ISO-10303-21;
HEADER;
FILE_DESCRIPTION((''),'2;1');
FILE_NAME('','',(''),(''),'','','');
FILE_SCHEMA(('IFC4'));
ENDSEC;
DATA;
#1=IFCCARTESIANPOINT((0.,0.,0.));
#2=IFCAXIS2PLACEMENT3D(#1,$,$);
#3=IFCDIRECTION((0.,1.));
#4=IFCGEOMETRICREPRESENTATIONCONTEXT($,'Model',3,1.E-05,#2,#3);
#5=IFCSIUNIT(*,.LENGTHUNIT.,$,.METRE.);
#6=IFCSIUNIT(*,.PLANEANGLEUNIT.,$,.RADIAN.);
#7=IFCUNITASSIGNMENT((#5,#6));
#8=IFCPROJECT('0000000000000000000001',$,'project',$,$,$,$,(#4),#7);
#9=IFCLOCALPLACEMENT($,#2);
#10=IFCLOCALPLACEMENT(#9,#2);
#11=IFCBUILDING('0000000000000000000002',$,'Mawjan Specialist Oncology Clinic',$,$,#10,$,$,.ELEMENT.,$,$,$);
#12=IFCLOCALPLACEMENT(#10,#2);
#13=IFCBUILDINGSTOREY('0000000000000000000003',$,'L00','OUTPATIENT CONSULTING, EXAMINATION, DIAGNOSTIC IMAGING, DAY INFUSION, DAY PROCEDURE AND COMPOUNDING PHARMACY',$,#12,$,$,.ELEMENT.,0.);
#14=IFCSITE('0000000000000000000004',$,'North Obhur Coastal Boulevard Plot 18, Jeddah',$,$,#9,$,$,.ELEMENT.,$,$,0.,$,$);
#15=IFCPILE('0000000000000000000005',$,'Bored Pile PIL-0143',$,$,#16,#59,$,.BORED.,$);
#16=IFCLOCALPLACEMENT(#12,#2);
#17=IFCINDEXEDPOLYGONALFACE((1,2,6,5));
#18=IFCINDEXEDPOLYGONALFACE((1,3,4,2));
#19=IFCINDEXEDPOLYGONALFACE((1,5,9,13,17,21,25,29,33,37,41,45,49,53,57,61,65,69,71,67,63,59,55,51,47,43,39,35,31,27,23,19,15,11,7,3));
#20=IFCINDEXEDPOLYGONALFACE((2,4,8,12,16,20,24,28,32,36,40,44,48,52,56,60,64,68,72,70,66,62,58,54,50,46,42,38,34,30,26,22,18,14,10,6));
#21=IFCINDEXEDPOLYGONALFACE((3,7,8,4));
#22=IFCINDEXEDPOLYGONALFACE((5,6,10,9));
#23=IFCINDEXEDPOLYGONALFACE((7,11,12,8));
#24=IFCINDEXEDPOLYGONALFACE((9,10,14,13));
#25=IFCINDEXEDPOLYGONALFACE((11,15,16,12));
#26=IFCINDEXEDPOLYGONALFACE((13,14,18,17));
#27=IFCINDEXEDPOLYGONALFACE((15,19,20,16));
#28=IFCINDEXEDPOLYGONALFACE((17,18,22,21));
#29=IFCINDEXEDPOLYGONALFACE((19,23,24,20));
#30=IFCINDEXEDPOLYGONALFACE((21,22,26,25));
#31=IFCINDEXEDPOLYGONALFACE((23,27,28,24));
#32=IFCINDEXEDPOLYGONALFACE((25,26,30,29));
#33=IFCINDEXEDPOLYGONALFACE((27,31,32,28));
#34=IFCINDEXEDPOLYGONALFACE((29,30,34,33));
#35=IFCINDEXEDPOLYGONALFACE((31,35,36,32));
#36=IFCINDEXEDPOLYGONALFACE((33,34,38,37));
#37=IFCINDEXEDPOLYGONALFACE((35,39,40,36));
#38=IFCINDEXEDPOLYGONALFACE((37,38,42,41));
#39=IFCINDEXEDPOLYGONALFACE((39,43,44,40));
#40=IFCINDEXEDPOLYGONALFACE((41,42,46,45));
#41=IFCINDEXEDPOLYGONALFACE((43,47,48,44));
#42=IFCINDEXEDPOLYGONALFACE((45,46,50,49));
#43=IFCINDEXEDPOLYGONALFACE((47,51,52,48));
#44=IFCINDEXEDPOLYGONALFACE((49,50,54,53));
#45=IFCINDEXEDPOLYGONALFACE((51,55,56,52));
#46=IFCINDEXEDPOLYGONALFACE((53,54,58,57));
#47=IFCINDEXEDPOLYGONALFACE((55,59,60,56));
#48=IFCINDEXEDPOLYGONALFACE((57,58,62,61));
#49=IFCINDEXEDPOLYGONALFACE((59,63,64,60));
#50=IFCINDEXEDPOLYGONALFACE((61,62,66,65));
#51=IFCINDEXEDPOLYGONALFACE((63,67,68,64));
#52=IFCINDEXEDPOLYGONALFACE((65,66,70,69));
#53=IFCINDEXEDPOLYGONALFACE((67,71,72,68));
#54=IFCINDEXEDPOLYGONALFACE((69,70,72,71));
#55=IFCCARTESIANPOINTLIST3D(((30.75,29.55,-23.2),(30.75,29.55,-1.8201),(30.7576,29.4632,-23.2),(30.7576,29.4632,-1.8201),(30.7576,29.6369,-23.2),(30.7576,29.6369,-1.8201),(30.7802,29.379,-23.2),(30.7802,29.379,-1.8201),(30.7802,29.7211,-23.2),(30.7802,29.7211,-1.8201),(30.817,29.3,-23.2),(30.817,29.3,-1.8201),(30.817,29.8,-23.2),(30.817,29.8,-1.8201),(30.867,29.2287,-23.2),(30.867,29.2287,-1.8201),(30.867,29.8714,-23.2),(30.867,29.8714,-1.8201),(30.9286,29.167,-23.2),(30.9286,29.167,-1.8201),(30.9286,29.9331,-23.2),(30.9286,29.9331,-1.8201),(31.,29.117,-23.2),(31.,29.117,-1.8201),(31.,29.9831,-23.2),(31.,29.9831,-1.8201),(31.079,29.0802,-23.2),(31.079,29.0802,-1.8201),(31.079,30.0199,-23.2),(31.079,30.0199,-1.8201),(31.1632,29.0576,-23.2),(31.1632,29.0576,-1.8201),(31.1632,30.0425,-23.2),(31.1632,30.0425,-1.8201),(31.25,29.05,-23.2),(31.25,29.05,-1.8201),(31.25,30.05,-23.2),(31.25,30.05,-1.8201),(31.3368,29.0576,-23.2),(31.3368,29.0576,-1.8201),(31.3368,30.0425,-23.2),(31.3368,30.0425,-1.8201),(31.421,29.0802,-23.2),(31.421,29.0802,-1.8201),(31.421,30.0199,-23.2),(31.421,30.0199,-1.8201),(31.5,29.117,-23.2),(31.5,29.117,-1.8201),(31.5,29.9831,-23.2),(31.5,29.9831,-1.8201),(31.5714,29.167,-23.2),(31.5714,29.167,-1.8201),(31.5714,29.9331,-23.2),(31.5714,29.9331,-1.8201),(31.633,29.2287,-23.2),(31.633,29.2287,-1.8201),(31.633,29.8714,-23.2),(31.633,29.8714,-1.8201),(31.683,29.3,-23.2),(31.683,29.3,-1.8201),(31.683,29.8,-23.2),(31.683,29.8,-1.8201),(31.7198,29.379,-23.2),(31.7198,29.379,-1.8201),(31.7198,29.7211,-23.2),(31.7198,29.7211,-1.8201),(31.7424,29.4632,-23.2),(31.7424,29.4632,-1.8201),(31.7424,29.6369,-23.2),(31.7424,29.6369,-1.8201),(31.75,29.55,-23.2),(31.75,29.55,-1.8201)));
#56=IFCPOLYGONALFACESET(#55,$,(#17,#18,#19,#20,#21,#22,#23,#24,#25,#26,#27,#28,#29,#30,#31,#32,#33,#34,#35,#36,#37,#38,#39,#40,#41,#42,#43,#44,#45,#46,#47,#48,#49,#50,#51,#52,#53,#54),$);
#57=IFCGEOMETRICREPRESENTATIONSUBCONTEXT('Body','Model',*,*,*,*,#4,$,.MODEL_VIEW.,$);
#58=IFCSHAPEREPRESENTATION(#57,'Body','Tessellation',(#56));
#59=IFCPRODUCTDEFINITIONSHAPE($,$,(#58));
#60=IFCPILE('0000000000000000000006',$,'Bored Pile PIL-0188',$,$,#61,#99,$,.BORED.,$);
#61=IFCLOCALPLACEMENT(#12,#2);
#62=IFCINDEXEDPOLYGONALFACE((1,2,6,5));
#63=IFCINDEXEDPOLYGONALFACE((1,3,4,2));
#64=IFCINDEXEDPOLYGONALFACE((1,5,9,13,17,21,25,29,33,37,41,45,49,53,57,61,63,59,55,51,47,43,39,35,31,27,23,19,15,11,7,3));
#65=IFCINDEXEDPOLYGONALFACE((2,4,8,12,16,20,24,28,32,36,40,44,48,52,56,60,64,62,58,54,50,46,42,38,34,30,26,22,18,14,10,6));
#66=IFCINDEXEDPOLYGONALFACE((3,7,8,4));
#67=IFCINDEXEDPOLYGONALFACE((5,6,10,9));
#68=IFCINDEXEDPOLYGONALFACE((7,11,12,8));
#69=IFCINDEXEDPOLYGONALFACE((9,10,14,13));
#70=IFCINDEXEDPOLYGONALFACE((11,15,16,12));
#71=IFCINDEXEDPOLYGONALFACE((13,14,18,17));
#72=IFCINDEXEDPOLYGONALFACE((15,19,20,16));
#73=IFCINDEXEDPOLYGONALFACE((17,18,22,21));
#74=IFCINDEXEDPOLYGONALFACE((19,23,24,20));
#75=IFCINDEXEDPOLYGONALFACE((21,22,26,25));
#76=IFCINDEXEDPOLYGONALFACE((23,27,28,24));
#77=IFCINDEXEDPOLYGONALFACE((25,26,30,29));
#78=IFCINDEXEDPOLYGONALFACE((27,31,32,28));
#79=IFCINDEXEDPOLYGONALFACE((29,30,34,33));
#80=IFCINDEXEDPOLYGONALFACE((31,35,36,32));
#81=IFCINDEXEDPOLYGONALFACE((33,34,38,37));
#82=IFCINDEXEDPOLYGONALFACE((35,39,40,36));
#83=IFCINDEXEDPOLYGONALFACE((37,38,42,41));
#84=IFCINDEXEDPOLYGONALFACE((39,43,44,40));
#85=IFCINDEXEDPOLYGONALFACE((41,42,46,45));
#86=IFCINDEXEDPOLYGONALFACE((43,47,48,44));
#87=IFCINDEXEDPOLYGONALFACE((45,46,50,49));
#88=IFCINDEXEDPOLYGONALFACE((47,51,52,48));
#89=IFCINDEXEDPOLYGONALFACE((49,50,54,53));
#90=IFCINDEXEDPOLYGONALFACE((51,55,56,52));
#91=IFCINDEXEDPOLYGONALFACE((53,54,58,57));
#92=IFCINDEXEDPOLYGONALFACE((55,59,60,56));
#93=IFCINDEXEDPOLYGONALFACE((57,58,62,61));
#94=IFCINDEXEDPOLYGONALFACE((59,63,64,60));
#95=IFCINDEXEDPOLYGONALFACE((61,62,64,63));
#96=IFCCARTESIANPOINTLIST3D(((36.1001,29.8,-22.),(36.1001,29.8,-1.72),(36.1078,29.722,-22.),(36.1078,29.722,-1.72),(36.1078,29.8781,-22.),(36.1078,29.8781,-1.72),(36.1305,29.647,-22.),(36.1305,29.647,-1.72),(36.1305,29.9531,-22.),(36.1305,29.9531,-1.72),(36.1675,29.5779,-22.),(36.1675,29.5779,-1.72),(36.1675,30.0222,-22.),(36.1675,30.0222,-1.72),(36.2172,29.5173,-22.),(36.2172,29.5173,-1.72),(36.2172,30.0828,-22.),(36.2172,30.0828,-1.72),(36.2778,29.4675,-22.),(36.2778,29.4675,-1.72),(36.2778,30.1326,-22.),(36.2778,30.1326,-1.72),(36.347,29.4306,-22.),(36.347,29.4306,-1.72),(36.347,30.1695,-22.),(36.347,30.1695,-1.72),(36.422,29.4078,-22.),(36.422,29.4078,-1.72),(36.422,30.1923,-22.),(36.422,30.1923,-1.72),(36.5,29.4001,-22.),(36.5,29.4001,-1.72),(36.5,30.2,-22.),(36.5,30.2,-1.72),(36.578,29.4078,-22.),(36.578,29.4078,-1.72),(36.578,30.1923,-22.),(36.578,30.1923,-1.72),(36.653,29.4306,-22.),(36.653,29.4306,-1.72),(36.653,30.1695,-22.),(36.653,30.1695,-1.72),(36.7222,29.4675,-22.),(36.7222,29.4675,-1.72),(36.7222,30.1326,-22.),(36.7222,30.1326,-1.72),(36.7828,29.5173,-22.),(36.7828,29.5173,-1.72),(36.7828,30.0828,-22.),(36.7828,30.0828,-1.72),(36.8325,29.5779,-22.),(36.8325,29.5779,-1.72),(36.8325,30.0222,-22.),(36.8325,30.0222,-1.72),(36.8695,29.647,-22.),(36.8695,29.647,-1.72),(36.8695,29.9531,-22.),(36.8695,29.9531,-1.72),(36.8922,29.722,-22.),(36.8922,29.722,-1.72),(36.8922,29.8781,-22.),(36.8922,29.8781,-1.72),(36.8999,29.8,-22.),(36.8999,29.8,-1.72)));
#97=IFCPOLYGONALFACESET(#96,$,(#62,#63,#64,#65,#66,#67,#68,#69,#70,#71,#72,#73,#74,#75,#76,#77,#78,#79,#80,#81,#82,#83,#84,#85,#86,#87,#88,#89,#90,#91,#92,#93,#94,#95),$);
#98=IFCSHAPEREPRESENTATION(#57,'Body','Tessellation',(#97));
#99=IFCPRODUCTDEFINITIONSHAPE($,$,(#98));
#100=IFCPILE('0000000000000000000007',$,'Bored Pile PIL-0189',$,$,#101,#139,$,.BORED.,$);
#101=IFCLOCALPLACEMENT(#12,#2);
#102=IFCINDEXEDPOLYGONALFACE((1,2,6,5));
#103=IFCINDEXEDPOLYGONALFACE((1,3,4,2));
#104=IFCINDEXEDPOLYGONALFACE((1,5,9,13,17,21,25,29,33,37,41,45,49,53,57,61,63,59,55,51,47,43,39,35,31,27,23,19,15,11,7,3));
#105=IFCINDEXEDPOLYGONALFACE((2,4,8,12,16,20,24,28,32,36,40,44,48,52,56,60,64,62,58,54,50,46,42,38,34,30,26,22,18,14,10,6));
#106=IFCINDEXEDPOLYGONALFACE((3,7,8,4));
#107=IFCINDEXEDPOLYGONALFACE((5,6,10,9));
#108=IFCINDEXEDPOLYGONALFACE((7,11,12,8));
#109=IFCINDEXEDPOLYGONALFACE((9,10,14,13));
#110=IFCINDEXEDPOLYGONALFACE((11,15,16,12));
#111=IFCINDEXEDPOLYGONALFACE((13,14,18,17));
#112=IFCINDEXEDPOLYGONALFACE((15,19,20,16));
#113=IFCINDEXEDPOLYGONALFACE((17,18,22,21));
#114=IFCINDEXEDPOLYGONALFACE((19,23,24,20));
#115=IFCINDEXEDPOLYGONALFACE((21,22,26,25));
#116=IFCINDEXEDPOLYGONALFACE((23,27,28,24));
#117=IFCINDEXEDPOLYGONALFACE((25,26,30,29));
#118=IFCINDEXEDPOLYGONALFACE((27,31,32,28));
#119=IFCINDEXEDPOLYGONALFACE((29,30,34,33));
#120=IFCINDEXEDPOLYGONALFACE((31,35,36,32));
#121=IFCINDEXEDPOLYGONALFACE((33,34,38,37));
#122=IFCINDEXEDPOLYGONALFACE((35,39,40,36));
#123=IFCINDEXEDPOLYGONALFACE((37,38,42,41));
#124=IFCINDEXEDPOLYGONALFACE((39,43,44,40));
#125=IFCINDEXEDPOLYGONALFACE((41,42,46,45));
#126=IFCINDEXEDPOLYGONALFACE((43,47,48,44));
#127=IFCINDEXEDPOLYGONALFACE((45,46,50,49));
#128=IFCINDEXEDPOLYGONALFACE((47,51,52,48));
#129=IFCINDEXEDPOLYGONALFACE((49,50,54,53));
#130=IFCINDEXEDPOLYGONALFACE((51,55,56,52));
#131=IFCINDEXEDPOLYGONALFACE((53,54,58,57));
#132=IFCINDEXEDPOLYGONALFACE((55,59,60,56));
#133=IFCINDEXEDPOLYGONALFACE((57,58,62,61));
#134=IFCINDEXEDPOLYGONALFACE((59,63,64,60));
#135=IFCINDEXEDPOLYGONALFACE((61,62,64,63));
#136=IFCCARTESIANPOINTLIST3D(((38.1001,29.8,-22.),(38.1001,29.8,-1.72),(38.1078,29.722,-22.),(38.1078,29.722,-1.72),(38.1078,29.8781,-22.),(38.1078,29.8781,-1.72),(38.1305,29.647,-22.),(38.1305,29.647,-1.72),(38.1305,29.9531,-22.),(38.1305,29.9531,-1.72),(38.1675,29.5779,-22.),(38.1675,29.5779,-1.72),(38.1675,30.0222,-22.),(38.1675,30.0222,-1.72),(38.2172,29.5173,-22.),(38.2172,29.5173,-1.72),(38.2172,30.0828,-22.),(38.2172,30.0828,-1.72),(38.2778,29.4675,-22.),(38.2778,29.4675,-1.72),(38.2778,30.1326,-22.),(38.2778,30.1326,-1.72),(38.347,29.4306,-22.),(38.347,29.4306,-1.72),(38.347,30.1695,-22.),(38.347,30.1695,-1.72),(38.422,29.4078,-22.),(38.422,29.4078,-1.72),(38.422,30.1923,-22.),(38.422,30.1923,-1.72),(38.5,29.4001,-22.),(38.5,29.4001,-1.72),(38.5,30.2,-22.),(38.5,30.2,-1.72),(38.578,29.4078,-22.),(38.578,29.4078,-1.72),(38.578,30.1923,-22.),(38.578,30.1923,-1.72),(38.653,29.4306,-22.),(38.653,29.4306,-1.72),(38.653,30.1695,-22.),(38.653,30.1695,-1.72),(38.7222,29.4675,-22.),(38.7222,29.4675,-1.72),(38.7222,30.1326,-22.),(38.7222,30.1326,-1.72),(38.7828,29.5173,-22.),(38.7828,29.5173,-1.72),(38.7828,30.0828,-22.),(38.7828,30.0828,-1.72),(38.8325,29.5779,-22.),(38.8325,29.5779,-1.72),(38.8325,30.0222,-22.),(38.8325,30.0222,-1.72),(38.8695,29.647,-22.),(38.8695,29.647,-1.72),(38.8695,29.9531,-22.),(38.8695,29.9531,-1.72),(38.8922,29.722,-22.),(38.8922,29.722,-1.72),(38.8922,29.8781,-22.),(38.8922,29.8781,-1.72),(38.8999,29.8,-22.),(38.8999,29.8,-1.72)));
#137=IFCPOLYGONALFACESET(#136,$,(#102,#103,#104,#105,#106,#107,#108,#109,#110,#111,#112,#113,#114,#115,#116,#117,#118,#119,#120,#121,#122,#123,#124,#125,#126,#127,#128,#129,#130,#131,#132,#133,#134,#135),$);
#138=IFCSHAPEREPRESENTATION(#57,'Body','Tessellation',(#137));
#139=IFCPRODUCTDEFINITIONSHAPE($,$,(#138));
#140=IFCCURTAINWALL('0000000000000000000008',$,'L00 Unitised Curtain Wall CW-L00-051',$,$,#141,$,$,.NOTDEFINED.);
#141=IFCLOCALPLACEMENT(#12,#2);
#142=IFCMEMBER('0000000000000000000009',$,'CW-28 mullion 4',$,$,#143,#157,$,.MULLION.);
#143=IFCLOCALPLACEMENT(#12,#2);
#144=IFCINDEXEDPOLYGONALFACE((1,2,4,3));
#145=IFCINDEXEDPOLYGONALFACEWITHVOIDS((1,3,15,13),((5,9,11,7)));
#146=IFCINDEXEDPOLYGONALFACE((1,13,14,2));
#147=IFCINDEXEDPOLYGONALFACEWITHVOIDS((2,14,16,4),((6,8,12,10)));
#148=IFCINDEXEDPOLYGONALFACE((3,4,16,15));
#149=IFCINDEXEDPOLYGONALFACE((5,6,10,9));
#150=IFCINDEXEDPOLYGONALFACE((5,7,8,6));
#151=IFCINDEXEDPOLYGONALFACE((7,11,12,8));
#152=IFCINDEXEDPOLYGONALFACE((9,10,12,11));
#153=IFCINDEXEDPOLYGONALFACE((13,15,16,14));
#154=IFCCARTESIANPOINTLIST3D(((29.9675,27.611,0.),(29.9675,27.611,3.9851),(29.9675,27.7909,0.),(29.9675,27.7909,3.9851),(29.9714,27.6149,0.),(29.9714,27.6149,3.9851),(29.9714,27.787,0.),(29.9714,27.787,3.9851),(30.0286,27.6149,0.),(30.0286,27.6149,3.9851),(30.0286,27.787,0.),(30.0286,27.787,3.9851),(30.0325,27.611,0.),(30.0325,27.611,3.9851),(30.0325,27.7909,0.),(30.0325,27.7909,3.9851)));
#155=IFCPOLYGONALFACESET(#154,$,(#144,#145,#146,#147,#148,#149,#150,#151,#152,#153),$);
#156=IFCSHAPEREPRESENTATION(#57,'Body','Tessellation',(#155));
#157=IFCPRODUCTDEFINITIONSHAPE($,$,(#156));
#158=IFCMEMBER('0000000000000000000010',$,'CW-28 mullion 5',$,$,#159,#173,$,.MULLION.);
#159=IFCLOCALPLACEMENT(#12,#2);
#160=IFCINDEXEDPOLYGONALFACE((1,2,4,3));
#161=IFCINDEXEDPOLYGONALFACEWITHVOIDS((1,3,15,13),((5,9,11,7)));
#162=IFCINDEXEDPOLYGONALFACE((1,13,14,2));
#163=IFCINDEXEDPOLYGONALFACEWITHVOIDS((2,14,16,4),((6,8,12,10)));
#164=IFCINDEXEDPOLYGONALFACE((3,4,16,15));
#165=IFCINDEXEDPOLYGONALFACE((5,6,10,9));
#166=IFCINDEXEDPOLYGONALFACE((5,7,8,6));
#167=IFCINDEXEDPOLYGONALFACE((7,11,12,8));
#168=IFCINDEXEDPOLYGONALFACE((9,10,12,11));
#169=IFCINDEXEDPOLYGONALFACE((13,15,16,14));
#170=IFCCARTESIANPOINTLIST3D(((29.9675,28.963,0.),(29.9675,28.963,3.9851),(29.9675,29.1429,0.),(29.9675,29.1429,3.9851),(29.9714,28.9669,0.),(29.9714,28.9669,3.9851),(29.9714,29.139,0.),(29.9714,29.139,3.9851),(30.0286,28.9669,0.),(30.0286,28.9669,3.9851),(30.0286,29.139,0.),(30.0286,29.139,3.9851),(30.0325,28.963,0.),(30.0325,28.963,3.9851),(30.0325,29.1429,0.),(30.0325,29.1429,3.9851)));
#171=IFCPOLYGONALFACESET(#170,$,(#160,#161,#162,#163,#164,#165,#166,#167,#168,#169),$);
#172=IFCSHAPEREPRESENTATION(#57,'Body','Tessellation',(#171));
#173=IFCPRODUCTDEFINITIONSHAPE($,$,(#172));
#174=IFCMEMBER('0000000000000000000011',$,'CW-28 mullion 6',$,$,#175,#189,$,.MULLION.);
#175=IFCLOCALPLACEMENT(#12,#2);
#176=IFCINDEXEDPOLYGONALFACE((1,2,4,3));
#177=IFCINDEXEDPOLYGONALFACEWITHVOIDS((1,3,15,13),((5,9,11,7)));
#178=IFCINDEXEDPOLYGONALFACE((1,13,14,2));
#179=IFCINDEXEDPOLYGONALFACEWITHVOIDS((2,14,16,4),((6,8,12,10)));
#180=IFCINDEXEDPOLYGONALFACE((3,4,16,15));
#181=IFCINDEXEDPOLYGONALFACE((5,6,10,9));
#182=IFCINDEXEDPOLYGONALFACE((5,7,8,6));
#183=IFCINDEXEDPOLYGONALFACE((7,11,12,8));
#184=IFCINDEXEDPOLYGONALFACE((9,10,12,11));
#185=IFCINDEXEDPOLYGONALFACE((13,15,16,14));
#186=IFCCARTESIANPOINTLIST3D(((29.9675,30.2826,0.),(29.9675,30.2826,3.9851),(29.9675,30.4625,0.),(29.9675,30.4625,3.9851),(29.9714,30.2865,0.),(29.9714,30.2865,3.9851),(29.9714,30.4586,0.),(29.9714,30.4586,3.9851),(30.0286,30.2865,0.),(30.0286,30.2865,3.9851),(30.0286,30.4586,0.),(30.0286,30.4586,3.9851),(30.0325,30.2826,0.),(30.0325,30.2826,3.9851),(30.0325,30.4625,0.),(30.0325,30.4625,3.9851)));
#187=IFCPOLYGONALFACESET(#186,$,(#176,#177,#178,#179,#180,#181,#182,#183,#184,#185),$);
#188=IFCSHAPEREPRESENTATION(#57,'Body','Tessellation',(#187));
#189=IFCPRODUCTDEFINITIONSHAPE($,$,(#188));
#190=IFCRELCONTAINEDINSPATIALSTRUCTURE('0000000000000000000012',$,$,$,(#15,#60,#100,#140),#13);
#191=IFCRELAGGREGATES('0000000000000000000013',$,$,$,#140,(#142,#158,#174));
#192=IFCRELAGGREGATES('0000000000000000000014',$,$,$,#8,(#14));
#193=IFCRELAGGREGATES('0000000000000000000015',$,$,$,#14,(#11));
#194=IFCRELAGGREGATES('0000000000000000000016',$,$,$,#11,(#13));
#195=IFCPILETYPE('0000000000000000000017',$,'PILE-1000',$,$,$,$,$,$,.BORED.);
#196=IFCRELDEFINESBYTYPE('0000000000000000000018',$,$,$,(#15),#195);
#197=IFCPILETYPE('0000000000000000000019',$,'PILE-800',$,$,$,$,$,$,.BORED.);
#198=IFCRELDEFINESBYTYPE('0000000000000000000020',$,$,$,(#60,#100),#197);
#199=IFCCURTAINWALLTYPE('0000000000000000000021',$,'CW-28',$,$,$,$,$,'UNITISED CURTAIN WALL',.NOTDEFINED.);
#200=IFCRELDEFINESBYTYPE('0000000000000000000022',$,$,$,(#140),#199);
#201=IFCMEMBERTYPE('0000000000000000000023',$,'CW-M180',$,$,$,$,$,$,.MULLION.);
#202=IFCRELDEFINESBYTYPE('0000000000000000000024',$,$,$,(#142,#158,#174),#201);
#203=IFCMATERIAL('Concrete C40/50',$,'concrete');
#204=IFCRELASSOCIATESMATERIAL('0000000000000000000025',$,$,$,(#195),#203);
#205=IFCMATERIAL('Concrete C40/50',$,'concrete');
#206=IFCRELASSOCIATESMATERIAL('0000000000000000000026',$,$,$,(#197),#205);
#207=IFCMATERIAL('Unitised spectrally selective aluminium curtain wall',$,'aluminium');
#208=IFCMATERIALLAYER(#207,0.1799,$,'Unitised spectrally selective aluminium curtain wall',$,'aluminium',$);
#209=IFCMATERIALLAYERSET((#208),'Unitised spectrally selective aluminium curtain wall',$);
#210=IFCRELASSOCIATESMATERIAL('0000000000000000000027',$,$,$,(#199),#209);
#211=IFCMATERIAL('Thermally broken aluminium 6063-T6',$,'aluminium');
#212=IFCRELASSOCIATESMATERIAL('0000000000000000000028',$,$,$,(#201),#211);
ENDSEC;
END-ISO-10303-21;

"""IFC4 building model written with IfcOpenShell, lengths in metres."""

from ifc_helpers import new_model, si_unit, direction, frame, origin, origin_2d, place, context, subcontext, project, spatial, hollow_rectangle, circle, extrude, material, layer, layer_set, material_profile, profile_set, type_object, element, aggregate, save


model = new_model("IFC4")

# Units and contexts
model_context = context("Model", 3, precision=1e-05, world=origin(), true_north=direction((0.0, 1.0)))
body_context = subcontext(model_context, "Body", "Model", "MODEL_VIEW")
ifc_project = project(units=[si_unit("LENGTHUNIT", "METRE"), si_unit("PLANEANGLEUNIT", "RADIAN")], contexts=[model_context])

# Site, building, storey
site_placement = place(None, origin())
site = spatial("IfcSite", under=ifc_project, at=site_placement, Name="North Obhur Coastal Boulevard Plot 18, Jeddah", CompositionType="ELEMENT", RefElevation=0.0)
building_placement = place(site_placement, origin())
building = spatial("IfcBuilding", under=site, at=building_placement, Name="Mawjan Specialist Oncology Clinic", CompositionType="ELEMENT")
storey_placement = place(building_placement, origin())
storey = spatial("IfcBuildingStorey", under=building, at=storey_placement, Name="L00", Description="OUTPATIENT CONSULTING, EXAMINATION, DIAGNOSTIC IMAGING, DAY INFUSION, DAY PROCEDURE AND COMPOUNDING PHARMACY", CompositionType="ELEMENT", Elevation=0.0)

# Piles
ifc_material_1 = material(Name="Concrete C40/50", Category="concrete")
ifc_material_profile_1 = material_profile(ifc_material_1, circle(Radius=0.5, at=origin_2d()), Name="BORED PILE D1000", Category="concrete")
ifc_profile_set_1 = profile_set([ifc_material_profile_1], Name="Concrete C40/50")
pile_type_1 = type_object("IfcPileType", Name="PILE-1000", PredefinedType="BORED", material=ifc_profile_set_1)
pile_placement = place(storey_placement, frame((31.25, 29.55, -1.8201), z_axis=(0.0, 0.0, -1.0), x_axis=(1.0, 0.0, 0.0)))
element("IfcPile", 1, at=pile_placement, inside=storey, type_object=pile_type_1, Name="Bored Pile PIL-0143", PredefinedType="BORED", context=body_context, shape_type="SweptSolid", body=[
    extrude(circle(Radius=0.5, at=origin_2d()), origin(), (0.0, 0.0, 1.0), 21.3799),
])
ifc_material_2 = material(Name="Concrete C40/50", Category="concrete")
ifc_material_profile_2 = material_profile(ifc_material_2, circle(Radius=0.3999, at=origin_2d()), Name="BORED PILE D800", Category="concrete")
ifc_profile_set_2 = profile_set([ifc_material_profile_2], Name="Concrete C40/50")
pile_type_2 = type_object("IfcPileType", Name="PILE-800", PredefinedType="BORED", material=ifc_profile_set_2)
for number, where, z_axis, x_axis, name in (
    (2, (36.5, 29.8, -1.72), (0.0, 0.0, -1.0), (1.0, 0.0, 0.0), "Bored Pile PIL-0188"),
    (3, (38.5, 29.8, -1.72), (0.0, 0.0, -1.0), (1.0, 0.0, 0.0), "Bored Pile PIL-0189"),
):
    element("IfcPile", number, at=place(storey_placement, frame(where, z_axis=z_axis, x_axis=x_axis)), inside=storey, type_object=pile_type_2, Name=name, PredefinedType="BORED", context=body_context, shape_type="SweptSolid", body=[
        extrude(circle(Radius=0.3999, at=origin_2d()), origin(), (0.0, 0.0, 1.0), 20.28),
    ])

# Curtain wall, members
ifc_material_3 = material(Name="Unitised spectrally selective aluminium curtain wall", Category="aluminium")
ifc_layer_1 = layer(ifc_material_3, 0.1799, Name="Unitised spectrally selective aluminium curtain wall", Category="aluminium")
ifc_layer_set_1 = layer_set([ifc_layer_1], Name="Unitised spectrally selective aluminium curtain wall")
curtain_wall_type = type_object("IfcCurtainWallType", Name="CW-28", ElementType="UNITISED CURTAIN WALL", PredefinedType="NOTDEFINED", material=ifc_layer_set_1)
curtain_wall_placement = place(storey_placement, origin())
curtain_wall = element("IfcCurtainWall", 4, at=curtain_wall_placement, inside=storey, type_object=curtain_wall_type, Name="L00 Unitised Curtain Wall CW-L00-051", PredefinedType="NOTDEFINED")
ifc_material_4 = material(Name="Thermally broken aluminium 6063-T6", Category="aluminium")
ifc_material_profile_3 = material_profile(ifc_material_4, hollow_rectangle(XDim=0.0649, YDim=0.1799, WallThickness=0.0039, at=origin_2d()), Name="ALU MULLION 180x65x4", Category="aluminium")
ifc_profile_set_3 = profile_set([ifc_material_profile_3], Name="Thermally broken aluminium 6063-T6")
member_type_1 = type_object("IfcMemberType", Name="CW-M180", PredefinedType="MULLION", material=ifc_profile_set_3)
member_1_placement = place(storey_placement, frame((30.0, 27.7009, 0.0), z_axis=(0.0, 0.0, 1.0), x_axis=(-1.0, 0.0, 0.0)))
member_1 = element("IfcMember", 5, at=member_1_placement, type_object=member_type_1, Name="CW-28 mullion 4", PredefinedType="MULLION", context=body_context, shape_type="SweptSolid", body=[
    extrude(hollow_rectangle(XDim=0.0649, YDim=0.1799, WallThickness=0.0039, at=origin_2d()), origin(), (0.0, 0.0, 1.0), 3.9851),
])
member_2_placement = place(storey_placement, frame((30.0, 29.053, 0.0), z_axis=(0.0, 0.0, 1.0), x_axis=(-1.0, 0.0, 0.0)))
member_2 = element("IfcMember", 6, at=member_2_placement, type_object=member_type_1, Name="CW-28 mullion 5", PredefinedType="MULLION", context=body_context, shape_type="SweptSolid", body=[
    extrude(hollow_rectangle(XDim=0.0649, YDim=0.1799, WallThickness=0.0039, at=origin_2d()), origin(), (0.0, 0.0, 1.0), 3.9851),
])
member_3_placement = place(storey_placement, frame((30.0, 30.3726, 0.0), z_axis=(0.0, 0.0, 1.0), x_axis=(-1.0, 0.0, 0.0)))
member_3 = element("IfcMember", 7, at=member_3_placement, type_object=member_type_1, Name="CW-28 mullion 6", PredefinedType="MULLION", context=body_context, shape_type="SweptSolid", body=[
    extrude(hollow_rectangle(XDim=0.0649, YDim=0.1799, WallThickness=0.0039, at=origin_2d()), origin(), (0.0, 0.0, 1.0), 3.9851),
])
aggregate(curtain_wall, [member_1, member_2, member_3])

save(model, "model.ifc")
